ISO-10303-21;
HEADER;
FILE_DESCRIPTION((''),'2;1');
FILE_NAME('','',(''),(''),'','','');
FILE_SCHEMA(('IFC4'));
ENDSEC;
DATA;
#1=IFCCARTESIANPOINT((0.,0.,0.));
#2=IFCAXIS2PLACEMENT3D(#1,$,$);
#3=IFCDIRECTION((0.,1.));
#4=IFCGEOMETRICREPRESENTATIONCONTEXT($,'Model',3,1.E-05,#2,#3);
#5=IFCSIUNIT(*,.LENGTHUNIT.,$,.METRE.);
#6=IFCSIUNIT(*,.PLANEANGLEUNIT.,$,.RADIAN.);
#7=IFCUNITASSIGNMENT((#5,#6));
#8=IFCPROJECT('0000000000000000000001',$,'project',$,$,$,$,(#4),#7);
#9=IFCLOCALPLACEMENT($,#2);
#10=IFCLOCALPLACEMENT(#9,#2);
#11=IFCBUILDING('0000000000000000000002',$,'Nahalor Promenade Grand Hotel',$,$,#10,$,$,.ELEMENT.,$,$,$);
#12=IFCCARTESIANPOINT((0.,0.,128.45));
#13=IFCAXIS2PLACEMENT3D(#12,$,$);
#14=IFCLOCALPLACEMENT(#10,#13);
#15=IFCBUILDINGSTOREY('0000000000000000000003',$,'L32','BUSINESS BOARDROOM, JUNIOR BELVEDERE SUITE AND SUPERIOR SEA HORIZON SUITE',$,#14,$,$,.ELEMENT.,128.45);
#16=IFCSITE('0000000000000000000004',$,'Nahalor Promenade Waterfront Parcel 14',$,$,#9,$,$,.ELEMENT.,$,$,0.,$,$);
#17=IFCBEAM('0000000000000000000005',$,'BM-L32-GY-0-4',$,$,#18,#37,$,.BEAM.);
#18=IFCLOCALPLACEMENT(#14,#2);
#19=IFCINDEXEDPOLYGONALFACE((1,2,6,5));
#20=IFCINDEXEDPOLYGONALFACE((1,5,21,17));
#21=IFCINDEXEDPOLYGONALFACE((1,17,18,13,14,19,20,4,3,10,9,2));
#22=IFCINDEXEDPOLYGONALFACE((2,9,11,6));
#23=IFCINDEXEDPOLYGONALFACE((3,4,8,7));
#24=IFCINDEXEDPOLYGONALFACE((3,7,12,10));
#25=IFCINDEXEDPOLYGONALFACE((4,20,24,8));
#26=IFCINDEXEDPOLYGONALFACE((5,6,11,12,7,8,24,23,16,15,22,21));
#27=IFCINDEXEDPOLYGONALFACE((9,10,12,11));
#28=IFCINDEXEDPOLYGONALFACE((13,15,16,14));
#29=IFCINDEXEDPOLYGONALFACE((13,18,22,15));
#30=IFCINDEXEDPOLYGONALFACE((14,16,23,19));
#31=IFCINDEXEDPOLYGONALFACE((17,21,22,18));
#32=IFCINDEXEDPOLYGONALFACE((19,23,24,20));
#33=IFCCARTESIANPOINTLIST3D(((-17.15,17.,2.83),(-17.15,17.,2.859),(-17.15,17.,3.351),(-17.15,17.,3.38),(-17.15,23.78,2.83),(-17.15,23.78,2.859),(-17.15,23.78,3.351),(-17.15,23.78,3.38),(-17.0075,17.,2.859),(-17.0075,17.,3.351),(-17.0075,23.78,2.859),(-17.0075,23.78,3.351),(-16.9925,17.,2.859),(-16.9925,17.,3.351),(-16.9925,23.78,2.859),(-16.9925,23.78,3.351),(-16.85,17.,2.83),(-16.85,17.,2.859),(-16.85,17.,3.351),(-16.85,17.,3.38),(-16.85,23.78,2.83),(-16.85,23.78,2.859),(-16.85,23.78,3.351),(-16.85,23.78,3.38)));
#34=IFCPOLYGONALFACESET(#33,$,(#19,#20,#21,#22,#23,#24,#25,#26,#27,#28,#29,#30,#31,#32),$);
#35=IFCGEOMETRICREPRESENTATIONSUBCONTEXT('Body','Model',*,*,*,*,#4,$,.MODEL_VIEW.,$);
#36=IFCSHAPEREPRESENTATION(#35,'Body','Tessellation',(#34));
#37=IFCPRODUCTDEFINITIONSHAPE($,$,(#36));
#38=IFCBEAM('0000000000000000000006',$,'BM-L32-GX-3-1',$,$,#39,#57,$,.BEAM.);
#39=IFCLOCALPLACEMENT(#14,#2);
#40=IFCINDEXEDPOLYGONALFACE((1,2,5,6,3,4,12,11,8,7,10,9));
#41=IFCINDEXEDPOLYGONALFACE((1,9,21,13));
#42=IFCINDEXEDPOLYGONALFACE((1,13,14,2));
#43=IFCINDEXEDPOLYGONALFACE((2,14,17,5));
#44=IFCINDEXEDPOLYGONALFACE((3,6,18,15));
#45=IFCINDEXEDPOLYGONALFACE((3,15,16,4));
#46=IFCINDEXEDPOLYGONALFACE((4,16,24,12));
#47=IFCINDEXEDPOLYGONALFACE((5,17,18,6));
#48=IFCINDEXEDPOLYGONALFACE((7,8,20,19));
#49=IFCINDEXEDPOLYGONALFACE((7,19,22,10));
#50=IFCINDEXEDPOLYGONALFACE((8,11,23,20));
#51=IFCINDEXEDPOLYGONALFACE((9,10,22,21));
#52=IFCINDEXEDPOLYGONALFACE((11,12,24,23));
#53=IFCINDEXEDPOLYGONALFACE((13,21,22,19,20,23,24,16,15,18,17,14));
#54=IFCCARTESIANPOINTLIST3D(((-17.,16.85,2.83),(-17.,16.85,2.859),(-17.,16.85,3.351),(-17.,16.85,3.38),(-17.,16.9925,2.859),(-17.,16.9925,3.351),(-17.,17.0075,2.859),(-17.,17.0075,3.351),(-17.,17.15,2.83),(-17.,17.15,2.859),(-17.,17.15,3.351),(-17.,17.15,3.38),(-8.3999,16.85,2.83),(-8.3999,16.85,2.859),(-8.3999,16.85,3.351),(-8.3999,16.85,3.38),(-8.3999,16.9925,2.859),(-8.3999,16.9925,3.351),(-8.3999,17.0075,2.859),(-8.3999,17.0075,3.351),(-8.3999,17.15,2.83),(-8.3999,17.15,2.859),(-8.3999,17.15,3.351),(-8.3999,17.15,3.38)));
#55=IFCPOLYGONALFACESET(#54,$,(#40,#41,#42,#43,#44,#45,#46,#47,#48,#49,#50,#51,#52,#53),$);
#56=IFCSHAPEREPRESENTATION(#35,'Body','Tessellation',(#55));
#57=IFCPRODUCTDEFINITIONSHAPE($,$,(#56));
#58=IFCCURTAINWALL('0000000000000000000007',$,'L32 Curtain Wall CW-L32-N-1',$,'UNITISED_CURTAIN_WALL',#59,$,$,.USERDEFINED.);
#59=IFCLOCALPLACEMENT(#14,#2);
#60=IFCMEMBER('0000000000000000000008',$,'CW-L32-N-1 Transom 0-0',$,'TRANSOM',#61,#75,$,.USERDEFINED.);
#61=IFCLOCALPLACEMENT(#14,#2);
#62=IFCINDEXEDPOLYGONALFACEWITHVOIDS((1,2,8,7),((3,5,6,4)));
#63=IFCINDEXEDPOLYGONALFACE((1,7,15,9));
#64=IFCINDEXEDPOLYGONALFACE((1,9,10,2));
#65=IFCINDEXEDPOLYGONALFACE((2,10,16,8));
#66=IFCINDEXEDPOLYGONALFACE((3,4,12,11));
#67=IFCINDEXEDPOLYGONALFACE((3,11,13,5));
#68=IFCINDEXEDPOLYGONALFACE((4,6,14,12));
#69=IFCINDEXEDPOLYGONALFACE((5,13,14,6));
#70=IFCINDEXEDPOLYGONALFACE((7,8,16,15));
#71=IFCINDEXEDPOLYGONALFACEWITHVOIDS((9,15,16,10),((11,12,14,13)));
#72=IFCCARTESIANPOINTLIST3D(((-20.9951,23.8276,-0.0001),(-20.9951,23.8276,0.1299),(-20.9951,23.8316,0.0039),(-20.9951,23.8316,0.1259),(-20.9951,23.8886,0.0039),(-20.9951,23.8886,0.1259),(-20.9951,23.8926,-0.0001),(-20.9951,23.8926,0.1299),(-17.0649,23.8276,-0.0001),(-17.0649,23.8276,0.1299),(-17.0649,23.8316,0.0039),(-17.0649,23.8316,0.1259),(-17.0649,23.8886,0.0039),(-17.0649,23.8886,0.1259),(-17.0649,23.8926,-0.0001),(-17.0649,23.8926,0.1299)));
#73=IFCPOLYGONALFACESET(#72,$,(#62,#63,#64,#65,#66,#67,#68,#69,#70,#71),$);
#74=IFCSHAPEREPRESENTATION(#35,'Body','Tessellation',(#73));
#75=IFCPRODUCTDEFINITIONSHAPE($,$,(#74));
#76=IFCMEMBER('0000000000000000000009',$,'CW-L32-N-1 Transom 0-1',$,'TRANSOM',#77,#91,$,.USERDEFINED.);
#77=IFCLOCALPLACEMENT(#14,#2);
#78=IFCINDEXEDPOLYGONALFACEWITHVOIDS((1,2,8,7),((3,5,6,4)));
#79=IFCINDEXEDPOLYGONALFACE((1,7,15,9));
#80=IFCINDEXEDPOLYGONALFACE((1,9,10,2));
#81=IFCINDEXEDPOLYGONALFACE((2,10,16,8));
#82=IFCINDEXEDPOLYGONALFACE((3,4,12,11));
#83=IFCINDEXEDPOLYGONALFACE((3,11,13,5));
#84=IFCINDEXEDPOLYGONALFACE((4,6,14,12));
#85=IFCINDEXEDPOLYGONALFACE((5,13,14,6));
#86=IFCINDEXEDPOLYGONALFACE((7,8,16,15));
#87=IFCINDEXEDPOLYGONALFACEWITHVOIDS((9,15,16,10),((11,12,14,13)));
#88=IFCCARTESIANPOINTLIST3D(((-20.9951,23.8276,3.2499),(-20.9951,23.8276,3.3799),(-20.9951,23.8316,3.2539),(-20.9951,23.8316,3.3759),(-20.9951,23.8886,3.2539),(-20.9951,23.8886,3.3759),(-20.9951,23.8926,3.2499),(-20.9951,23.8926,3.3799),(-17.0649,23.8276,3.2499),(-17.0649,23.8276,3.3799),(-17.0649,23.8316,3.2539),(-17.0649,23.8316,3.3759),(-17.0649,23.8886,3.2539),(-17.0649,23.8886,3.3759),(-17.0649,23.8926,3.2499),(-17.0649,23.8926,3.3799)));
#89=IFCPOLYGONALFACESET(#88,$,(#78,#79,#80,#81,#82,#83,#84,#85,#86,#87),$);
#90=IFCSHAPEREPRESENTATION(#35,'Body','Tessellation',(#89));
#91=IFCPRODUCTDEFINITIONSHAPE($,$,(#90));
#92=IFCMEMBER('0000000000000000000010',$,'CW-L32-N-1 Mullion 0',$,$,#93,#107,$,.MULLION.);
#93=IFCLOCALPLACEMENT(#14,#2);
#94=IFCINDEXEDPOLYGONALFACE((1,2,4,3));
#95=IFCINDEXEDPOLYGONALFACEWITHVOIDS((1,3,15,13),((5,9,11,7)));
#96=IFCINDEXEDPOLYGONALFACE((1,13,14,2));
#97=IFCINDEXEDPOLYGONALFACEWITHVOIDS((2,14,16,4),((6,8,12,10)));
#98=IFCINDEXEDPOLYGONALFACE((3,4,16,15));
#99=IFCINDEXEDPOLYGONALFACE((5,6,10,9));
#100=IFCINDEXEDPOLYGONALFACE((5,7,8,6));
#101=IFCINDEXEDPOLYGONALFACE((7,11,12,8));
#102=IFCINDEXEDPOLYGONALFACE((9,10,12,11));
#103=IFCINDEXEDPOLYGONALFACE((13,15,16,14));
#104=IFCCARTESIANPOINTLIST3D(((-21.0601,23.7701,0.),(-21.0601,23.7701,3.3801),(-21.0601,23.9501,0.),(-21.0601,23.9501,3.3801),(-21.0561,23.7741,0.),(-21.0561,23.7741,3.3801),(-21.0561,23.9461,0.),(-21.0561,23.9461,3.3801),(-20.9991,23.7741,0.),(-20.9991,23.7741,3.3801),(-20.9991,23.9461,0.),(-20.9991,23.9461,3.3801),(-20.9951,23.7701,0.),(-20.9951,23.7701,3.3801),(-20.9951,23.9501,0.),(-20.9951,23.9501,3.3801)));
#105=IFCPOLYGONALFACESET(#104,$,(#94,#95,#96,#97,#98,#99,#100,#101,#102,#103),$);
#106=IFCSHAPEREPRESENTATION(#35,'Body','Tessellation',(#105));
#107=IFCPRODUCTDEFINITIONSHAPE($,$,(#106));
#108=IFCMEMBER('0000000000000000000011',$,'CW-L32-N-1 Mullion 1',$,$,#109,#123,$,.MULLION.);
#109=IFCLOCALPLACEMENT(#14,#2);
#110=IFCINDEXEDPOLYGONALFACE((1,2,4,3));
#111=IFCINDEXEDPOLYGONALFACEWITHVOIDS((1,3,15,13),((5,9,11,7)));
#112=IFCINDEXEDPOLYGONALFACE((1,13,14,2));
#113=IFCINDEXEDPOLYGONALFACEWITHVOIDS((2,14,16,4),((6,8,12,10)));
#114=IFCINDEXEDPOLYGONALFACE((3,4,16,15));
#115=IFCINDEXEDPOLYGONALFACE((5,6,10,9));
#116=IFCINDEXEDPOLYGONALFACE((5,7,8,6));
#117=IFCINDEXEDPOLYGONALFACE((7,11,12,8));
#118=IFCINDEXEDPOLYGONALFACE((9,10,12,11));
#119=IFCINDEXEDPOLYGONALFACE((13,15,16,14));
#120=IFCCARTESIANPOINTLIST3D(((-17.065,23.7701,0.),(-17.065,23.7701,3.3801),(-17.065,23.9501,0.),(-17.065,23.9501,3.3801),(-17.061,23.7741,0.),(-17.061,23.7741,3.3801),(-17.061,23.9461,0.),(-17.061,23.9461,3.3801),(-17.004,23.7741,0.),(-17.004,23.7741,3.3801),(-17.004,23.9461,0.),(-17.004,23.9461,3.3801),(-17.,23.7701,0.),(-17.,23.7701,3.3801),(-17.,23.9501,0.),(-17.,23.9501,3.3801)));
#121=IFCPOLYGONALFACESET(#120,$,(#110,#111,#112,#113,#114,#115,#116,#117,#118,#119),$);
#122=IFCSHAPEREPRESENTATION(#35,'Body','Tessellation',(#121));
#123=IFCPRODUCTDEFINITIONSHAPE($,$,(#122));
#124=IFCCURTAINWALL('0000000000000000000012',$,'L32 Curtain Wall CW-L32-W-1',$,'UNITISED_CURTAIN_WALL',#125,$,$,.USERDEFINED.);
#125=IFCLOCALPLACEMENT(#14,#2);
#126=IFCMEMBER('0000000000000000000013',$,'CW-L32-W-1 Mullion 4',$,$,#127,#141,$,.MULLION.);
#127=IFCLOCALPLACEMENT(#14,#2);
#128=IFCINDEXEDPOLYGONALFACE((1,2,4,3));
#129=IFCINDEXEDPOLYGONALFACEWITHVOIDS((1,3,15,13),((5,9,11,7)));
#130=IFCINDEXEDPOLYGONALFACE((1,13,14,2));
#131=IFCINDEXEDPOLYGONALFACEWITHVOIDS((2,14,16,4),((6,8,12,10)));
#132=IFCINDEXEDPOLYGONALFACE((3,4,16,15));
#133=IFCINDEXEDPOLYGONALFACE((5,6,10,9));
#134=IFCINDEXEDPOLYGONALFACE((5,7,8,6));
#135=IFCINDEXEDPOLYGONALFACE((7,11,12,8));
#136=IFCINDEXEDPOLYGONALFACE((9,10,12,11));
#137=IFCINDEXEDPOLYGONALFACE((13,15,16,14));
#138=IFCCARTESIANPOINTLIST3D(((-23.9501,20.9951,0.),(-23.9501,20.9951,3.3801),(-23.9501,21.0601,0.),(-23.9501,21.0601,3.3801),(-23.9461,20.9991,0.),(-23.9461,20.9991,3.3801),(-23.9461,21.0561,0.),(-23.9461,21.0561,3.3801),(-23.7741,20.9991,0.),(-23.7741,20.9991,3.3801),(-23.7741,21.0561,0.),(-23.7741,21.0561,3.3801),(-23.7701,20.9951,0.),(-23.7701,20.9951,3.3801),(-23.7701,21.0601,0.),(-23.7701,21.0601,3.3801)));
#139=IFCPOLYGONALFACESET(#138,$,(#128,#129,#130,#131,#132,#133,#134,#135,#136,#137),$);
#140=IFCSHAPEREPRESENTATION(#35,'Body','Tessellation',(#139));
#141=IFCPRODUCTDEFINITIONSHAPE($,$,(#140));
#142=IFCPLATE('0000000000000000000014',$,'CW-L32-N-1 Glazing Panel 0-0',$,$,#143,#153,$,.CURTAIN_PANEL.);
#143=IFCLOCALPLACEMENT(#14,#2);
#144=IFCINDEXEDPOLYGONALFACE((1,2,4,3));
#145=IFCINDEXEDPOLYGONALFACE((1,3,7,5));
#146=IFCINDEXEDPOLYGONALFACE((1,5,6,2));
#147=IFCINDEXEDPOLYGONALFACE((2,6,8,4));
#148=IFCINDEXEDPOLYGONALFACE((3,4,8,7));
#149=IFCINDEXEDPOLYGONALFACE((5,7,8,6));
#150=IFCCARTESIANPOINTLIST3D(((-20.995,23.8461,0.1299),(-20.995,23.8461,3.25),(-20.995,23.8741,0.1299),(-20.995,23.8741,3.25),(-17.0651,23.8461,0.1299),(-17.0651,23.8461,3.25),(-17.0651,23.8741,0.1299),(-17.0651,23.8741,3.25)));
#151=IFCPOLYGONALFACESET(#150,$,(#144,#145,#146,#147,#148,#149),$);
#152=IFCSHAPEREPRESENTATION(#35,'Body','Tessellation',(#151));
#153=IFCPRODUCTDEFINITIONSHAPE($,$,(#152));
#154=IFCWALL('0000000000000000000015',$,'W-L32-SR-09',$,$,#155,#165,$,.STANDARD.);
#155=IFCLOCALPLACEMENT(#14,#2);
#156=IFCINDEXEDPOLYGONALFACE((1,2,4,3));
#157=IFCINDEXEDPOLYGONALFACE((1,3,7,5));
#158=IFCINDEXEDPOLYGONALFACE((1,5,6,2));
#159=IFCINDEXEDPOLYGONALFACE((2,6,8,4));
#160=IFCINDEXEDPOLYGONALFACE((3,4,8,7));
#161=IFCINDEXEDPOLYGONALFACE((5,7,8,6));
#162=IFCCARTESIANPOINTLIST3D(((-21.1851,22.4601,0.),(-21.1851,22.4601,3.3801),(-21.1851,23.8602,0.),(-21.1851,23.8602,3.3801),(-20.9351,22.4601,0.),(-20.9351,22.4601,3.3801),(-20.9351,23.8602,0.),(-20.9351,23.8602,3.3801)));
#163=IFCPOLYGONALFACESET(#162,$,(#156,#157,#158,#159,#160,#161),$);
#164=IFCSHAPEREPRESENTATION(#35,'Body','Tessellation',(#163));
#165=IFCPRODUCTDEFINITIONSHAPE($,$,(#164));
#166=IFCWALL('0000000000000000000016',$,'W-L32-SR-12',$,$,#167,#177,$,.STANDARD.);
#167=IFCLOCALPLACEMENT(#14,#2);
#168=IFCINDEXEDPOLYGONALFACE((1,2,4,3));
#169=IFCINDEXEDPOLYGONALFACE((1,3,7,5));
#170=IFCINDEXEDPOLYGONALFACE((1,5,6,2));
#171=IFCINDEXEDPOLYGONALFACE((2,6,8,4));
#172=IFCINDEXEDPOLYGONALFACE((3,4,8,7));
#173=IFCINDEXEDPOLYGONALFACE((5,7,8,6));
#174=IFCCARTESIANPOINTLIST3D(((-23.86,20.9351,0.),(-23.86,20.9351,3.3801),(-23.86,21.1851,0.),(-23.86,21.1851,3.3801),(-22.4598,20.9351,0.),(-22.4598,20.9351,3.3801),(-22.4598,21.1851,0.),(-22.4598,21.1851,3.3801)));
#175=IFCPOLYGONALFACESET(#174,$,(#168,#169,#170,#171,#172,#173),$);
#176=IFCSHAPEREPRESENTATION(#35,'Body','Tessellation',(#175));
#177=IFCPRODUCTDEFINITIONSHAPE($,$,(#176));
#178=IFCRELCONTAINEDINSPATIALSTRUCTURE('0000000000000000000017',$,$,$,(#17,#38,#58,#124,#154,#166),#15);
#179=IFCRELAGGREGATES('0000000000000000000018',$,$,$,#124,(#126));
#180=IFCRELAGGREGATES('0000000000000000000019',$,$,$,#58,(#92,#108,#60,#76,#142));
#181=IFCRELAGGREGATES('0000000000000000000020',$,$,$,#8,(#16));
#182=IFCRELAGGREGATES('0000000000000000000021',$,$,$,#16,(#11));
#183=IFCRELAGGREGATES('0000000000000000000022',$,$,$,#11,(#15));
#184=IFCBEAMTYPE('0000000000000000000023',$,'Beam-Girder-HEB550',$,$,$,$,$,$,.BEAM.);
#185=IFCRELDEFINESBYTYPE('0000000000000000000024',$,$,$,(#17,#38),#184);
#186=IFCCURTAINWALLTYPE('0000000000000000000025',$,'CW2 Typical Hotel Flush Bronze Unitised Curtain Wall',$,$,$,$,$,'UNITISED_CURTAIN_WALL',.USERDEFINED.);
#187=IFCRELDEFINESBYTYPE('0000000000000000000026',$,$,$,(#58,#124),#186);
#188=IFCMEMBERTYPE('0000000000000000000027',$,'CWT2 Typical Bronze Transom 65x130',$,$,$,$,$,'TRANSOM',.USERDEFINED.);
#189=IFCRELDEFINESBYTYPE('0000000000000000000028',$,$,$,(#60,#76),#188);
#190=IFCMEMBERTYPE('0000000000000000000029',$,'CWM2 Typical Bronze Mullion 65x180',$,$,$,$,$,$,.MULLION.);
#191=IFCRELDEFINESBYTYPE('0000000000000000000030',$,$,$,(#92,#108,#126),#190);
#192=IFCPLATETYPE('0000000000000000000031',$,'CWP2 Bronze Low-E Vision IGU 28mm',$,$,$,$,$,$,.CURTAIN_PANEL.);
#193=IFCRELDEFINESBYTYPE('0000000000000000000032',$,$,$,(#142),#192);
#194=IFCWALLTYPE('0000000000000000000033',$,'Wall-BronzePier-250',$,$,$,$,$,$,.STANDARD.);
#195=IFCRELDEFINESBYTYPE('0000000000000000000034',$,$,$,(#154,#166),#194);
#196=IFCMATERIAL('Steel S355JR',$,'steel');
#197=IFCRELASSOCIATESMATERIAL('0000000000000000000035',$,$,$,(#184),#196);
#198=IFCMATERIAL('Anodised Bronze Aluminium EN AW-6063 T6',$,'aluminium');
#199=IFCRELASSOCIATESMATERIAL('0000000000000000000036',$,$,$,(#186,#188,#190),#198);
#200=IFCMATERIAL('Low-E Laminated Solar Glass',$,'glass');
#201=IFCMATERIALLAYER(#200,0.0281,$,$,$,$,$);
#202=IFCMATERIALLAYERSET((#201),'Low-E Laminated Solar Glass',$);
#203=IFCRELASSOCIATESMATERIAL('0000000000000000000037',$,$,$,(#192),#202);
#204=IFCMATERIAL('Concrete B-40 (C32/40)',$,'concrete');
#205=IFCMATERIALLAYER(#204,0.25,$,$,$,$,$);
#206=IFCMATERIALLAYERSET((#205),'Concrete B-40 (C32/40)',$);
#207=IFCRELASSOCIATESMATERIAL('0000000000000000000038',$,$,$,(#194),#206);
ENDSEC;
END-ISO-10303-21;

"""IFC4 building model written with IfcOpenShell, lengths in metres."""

from ifc_helpers import new_model, si_unit, direction, frame, frame_2d, origin, origin_2d, place, context, subcontext, project, spatial, rectangle, hollow_rectangle, i_section, extrude, source, transform, mapped, material, layer, layer_set, material_profile, profile_set, type_object, element, aggregate, save


model = new_model("IFC4")

# Units and contexts
model_context = context("Model", 3, precision=1e-05, world=origin(), true_north=direction((0.0, 1.0)))
body_context = subcontext(model_context, "Body", "Model", "MODEL_VIEW")
ifc_project = project(units=[si_unit("LENGTHUNIT", "METRE"), si_unit("PLANEANGLEUNIT", "RADIAN")], contexts=[model_context])

# Site, building, storey
site_placement = place(None, origin())
site = spatial("IfcSite", under=ifc_project, at=site_placement, Name="Nahalor Promenade Waterfront Parcel 14", CompositionType="ELEMENT", RefElevation=0.0)
building_placement = place(site_placement, origin())
building = spatial("IfcBuilding", under=site, at=building_placement, Name="Nahalor Promenade Grand Hotel", CompositionType="ELEMENT")
storey_placement = place(building_placement, frame((0.0, 0.0, 128.45)))
storey = spatial("IfcBuildingStorey", under=building, at=storey_placement, Name="L32", Description="BUSINESS BOARDROOM, JUNIOR BELVEDERE SUITE AND SUPERIOR SEA HORIZON SUITE", CompositionType="ELEMENT", Elevation=128.45)

# Beams
ifc_material_1 = material(Name="Steel S355JR", Category="steel")
ifc_material_profile_1 = material_profile(ifc_material_1, i_section(OverallWidth=0.3, OverallDepth=0.55, WebThickness=0.015, FlangeThickness=0.029, at=origin_2d()), Name="HEB 550")
ifc_profile_set_1 = profile_set([ifc_material_profile_1], Name="Steel S355JR")
beam_type_1 = type_object("IfcBeamType", Name="Beam-Girder-HEB550", PredefinedType="BEAM", material=ifc_profile_set_1)
shared_shape_1 = source(origin(), body_context, "Body", "SweptSolid", [
    extrude(i_section(OverallWidth=0.3, OverallDepth=0.55, WebThickness=0.015, FlangeThickness=0.029, at=origin_2d()), origin(), (0.0, 0.0, 1.0), 6.78),
])
beam_1_placement = place(storey_placement, frame((-17.0, 17.0, 3.105), z_axis=(0.0, 1.0, 0.0), x_axis=(-1.0, 0.0, 0.0)))
element("IfcBeam", 1, at=beam_1_placement, inside=storey, type_object=beam_type_1, Name="BM-L32-GY-0-4", PredefinedType="BEAM", context=body_context, shape_type="MappedRepresentation", body=[
    mapped(shared_shape_1, transform((0.0, 0.0, 0.0), scale=1.0)),
])
shared_shape_2 = source(origin(), body_context, "Body", "SweptSolid", [
    extrude(i_section(OverallWidth=0.3, OverallDepth=0.55, WebThickness=0.015, FlangeThickness=0.029, at=origin_2d()), origin(), (0.0, 0.0, 1.0), 8.6001),
])
beam_2_placement = place(storey_placement, frame((-17.0, 17.0, 3.105), z_axis=(1.0, 0.0, 0.0), x_axis=(0.0, 1.0, 0.0)))
element("IfcBeam", 2, at=beam_2_placement, inside=storey, type_object=beam_type_1, Name="BM-L32-GX-3-1", PredefinedType="BEAM", context=body_context, shape_type="MappedRepresentation", body=[
    mapped(shared_shape_2, transform((0.0, 0.0, 0.0), scale=1.0)),
])

# Curtain wall, members
ifc_material_2 = material(Name="Anodised Bronze Aluminium EN AW-6063 T6", Category="aluminium")
curtain_wall_type = type_object("IfcCurtainWallType", Name="CW2 Typical Hotel Flush Bronze Unitised Curtain Wall", ElementType="UNITISED_CURTAIN_WALL", PredefinedType="USERDEFINED", material=ifc_material_2)
curtain_wall_1_placement = place(storey_placement, origin())
curtain_wall_1 = element("IfcCurtainWall", 3, at=curtain_wall_1_placement, inside=storey, type_object=curtain_wall_type, Name="L32 Curtain Wall CW-L32-N-1", ObjectType="UNITISED_CURTAIN_WALL", PredefinedType="USERDEFINED")
ifc_material_profile_2 = material_profile(ifc_material_2, hollow_rectangle(XDim=0.065, YDim=0.13, WallThickness=0.004, at=origin_2d()), Name="CWT 65x130x4")
ifc_profile_set_2 = profile_set([ifc_material_profile_2], Name="Anodised Bronze Aluminium EN AW-6063 T6")
member_type_1 = type_object("IfcMemberType", Name="CWT2 Typical Bronze Transom 65x130", ElementType="TRANSOM", PredefinedType="USERDEFINED", material=ifc_profile_set_2)
shared_shape_3 = source(origin(), body_context, "Body", "SweptSolid", [
    extrude(hollow_rectangle(XDim=0.065, YDim=0.13, WallThickness=0.004, at=origin_2d()), origin(), (0.0, 0.0, 1.0), 3.9302),
])
member_1_placement = place(storey_placement, frame((-20.9951, 23.8601, 0.0649), z_axis=(1.0, 0.0, 0.0), x_axis=(0.0, 1.0, 0.0)))
member_1 = element("IfcMember", 4, at=member_1_placement, type_object=member_type_1, Name="CW-L32-N-1 Transom 0-0", ObjectType="TRANSOM", PredefinedType="USERDEFINED", context=body_context, shape_type="MappedRepresentation", body=[
    mapped(shared_shape_3, transform((0.0, 0.0, 0.0), scale=1.0)),
])
member_2_placement = place(storey_placement, frame((-20.9951, 23.8601, 3.3149), z_axis=(1.0, 0.0, 0.0), x_axis=(0.0, 1.0, 0.0)))
member_2 = element("IfcMember", 5, at=member_2_placement, type_object=member_type_1, Name="CW-L32-N-1 Transom 0-1", ObjectType="TRANSOM", PredefinedType="USERDEFINED", context=body_context, shape_type="MappedRepresentation", body=[
    mapped(shared_shape_3, transform((0.0, 0.0, 0.0), scale=1.0)),
])
ifc_material_profile_3 = material_profile(ifc_material_2, hollow_rectangle(XDim=0.065, YDim=0.18, WallThickness=0.004, at=origin_2d()), Name="CWM 65x180x4")
ifc_profile_set_3 = profile_set([ifc_material_profile_3], Name="Anodised Bronze Aluminium EN AW-6063 T6")
member_type_2 = type_object("IfcMemberType", Name="CWM2 Typical Bronze Mullion 65x180", PredefinedType="MULLION", material=ifc_profile_set_3)
shared_shape_4 = source(origin(), body_context, "Body", "SweptSolid", [
    extrude(hollow_rectangle(XDim=0.065, YDim=0.18, WallThickness=0.004, at=origin_2d()), origin(), (0.0, 0.0, 1.0), 3.3801),
])
member_3_placement = place(storey_placement, frame((-21.0276, 23.8601, 0.0), z_axis=(0.0, 0.0, 1.0), x_axis=(1.0, 0.0, 0.0)))
member_3 = element("IfcMember", 6, at=member_3_placement, type_object=member_type_2, Name="CW-L32-N-1 Mullion 0", PredefinedType="MULLION", context=body_context, shape_type="MappedRepresentation", body=[
    mapped(shared_shape_4, transform((0.0, 0.0, 0.0), scale=1.0)),
])
member_4_placement = place(storey_placement, frame((-17.0325, 23.8601, 0.0), z_axis=(0.0, 0.0, 1.0), x_axis=(1.0, 0.0, 0.0)))
member_4 = element("IfcMember", 7, at=member_4_placement, type_object=member_type_2, Name="CW-L32-N-1 Mullion 1", PredefinedType="MULLION", context=body_context, shape_type="MappedRepresentation", body=[
    mapped(shared_shape_4, transform((0.0, 0.0, 0.0), scale=1.0)),
])

# Curtain wall, member
curtain_wall_2_placement = place(storey_placement, origin())
curtain_wall_2 = element("IfcCurtainWall", 8, at=curtain_wall_2_placement, inside=storey, type_object=curtain_wall_type, Name="L32 Curtain Wall CW-L32-W-1", ObjectType="UNITISED_CURTAIN_WALL", PredefinedType="USERDEFINED")
member_5_placement = place(storey_placement, frame((-23.8601, 21.0276, 0.0), z_axis=(0.0, 0.0, 1.0), x_axis=(0.0, 1.0, 0.0)))
member_5 = element("IfcMember", 9, at=member_5_placement, type_object=member_type_2, Name="CW-L32-W-1 Mullion 4", PredefinedType="MULLION", context=body_context, shape_type="MappedRepresentation", body=[
    mapped(shared_shape_4, transform((0.0, 0.0, 0.0), scale=1.0)),
])
aggregate(curtain_wall_2, [member_5])

# Plate
ifc_material_3 = material(Name="Low-E Laminated Solar Glass", Category="glass")
ifc_layer_1 = layer(ifc_material_3, 0.0281)
ifc_layer_set_1 = layer_set([ifc_layer_1], Name="Low-E Laminated Solar Glass")
plate_type = type_object("IfcPlateType", Name="CWP2 Bronze Low-E Vision IGU 28mm", PredefinedType="CURTAIN_PANEL", material=ifc_layer_set_1)
shared_shape_5 = source(origin(), body_context, "Body", "SweptSolid", [
    extrude(rectangle(XDim=3.9299, YDim=0.0281, at=origin_2d()), origin(), (0.0, 0.0, 1.0), 3.1201),
])
plate_placement = place(storey_placement, frame((-19.03, 23.8601, 0.1299), z_axis=(0.0, 0.0, 1.0), x_axis=(1.0, 0.0, 0.0)))
plate = element("IfcPlate", 10, at=plate_placement, type_object=plate_type, Name="CW-L32-N-1 Glazing Panel 0-0", PredefinedType="CURTAIN_PANEL", context=body_context, shape_type="MappedRepresentation", body=[
    mapped(shared_shape_5, transform((0.0, 0.0, 0.0), scale=1.0)),
])
aggregate(curtain_wall_1, [member_3, member_4, member_1, member_2, plate])

# Walls
ifc_material_4 = material(Name="Concrete B-40 (C32/40)", Category="concrete")
ifc_layer_2 = layer(ifc_material_4, 0.25)
ifc_layer_set_2 = layer_set([ifc_layer_2], Name="Concrete B-40 (C32/40)")
wall_type_1 = type_object("IfcWallType", Name="Wall-BronzePier-250", PredefinedType="STANDARD", material=ifc_layer_set_2)
shared_shape_6 = source(origin(), body_context, "Body", "SweptSolid", [
    extrude(rectangle(XDim=1.4001, YDim=0.25, at=frame_2d((0.7002, 0.0))), origin(), (0.0, 0.0, 1.0), 3.3801),
])
for number, where, z_axis, x_axis, name in (
    (11, (-21.0601, 22.46, 0.0), (0.0, 0.0, 1.0), (0.0, 1.0, 0.0), "W-L32-SR-09"),
    (12, (-23.8601, 21.0601, 0.0), (0.0, 0.0, 1.0), (1.0, 0.0, 0.0), "W-L32-SR-12"),
):
    element("IfcWall", number, at=place(storey_placement, frame(where, z_axis=z_axis, x_axis=x_axis)), inside=storey, type_object=wall_type_1, Name=name, PredefinedType="STANDARD", context=body_context, shape_type="MappedRepresentation", body=[
        mapped(shared_shape_6, transform((0.0, 0.0, 0.0), scale=1.0)),
    ])

save(model, "model.ifc")
